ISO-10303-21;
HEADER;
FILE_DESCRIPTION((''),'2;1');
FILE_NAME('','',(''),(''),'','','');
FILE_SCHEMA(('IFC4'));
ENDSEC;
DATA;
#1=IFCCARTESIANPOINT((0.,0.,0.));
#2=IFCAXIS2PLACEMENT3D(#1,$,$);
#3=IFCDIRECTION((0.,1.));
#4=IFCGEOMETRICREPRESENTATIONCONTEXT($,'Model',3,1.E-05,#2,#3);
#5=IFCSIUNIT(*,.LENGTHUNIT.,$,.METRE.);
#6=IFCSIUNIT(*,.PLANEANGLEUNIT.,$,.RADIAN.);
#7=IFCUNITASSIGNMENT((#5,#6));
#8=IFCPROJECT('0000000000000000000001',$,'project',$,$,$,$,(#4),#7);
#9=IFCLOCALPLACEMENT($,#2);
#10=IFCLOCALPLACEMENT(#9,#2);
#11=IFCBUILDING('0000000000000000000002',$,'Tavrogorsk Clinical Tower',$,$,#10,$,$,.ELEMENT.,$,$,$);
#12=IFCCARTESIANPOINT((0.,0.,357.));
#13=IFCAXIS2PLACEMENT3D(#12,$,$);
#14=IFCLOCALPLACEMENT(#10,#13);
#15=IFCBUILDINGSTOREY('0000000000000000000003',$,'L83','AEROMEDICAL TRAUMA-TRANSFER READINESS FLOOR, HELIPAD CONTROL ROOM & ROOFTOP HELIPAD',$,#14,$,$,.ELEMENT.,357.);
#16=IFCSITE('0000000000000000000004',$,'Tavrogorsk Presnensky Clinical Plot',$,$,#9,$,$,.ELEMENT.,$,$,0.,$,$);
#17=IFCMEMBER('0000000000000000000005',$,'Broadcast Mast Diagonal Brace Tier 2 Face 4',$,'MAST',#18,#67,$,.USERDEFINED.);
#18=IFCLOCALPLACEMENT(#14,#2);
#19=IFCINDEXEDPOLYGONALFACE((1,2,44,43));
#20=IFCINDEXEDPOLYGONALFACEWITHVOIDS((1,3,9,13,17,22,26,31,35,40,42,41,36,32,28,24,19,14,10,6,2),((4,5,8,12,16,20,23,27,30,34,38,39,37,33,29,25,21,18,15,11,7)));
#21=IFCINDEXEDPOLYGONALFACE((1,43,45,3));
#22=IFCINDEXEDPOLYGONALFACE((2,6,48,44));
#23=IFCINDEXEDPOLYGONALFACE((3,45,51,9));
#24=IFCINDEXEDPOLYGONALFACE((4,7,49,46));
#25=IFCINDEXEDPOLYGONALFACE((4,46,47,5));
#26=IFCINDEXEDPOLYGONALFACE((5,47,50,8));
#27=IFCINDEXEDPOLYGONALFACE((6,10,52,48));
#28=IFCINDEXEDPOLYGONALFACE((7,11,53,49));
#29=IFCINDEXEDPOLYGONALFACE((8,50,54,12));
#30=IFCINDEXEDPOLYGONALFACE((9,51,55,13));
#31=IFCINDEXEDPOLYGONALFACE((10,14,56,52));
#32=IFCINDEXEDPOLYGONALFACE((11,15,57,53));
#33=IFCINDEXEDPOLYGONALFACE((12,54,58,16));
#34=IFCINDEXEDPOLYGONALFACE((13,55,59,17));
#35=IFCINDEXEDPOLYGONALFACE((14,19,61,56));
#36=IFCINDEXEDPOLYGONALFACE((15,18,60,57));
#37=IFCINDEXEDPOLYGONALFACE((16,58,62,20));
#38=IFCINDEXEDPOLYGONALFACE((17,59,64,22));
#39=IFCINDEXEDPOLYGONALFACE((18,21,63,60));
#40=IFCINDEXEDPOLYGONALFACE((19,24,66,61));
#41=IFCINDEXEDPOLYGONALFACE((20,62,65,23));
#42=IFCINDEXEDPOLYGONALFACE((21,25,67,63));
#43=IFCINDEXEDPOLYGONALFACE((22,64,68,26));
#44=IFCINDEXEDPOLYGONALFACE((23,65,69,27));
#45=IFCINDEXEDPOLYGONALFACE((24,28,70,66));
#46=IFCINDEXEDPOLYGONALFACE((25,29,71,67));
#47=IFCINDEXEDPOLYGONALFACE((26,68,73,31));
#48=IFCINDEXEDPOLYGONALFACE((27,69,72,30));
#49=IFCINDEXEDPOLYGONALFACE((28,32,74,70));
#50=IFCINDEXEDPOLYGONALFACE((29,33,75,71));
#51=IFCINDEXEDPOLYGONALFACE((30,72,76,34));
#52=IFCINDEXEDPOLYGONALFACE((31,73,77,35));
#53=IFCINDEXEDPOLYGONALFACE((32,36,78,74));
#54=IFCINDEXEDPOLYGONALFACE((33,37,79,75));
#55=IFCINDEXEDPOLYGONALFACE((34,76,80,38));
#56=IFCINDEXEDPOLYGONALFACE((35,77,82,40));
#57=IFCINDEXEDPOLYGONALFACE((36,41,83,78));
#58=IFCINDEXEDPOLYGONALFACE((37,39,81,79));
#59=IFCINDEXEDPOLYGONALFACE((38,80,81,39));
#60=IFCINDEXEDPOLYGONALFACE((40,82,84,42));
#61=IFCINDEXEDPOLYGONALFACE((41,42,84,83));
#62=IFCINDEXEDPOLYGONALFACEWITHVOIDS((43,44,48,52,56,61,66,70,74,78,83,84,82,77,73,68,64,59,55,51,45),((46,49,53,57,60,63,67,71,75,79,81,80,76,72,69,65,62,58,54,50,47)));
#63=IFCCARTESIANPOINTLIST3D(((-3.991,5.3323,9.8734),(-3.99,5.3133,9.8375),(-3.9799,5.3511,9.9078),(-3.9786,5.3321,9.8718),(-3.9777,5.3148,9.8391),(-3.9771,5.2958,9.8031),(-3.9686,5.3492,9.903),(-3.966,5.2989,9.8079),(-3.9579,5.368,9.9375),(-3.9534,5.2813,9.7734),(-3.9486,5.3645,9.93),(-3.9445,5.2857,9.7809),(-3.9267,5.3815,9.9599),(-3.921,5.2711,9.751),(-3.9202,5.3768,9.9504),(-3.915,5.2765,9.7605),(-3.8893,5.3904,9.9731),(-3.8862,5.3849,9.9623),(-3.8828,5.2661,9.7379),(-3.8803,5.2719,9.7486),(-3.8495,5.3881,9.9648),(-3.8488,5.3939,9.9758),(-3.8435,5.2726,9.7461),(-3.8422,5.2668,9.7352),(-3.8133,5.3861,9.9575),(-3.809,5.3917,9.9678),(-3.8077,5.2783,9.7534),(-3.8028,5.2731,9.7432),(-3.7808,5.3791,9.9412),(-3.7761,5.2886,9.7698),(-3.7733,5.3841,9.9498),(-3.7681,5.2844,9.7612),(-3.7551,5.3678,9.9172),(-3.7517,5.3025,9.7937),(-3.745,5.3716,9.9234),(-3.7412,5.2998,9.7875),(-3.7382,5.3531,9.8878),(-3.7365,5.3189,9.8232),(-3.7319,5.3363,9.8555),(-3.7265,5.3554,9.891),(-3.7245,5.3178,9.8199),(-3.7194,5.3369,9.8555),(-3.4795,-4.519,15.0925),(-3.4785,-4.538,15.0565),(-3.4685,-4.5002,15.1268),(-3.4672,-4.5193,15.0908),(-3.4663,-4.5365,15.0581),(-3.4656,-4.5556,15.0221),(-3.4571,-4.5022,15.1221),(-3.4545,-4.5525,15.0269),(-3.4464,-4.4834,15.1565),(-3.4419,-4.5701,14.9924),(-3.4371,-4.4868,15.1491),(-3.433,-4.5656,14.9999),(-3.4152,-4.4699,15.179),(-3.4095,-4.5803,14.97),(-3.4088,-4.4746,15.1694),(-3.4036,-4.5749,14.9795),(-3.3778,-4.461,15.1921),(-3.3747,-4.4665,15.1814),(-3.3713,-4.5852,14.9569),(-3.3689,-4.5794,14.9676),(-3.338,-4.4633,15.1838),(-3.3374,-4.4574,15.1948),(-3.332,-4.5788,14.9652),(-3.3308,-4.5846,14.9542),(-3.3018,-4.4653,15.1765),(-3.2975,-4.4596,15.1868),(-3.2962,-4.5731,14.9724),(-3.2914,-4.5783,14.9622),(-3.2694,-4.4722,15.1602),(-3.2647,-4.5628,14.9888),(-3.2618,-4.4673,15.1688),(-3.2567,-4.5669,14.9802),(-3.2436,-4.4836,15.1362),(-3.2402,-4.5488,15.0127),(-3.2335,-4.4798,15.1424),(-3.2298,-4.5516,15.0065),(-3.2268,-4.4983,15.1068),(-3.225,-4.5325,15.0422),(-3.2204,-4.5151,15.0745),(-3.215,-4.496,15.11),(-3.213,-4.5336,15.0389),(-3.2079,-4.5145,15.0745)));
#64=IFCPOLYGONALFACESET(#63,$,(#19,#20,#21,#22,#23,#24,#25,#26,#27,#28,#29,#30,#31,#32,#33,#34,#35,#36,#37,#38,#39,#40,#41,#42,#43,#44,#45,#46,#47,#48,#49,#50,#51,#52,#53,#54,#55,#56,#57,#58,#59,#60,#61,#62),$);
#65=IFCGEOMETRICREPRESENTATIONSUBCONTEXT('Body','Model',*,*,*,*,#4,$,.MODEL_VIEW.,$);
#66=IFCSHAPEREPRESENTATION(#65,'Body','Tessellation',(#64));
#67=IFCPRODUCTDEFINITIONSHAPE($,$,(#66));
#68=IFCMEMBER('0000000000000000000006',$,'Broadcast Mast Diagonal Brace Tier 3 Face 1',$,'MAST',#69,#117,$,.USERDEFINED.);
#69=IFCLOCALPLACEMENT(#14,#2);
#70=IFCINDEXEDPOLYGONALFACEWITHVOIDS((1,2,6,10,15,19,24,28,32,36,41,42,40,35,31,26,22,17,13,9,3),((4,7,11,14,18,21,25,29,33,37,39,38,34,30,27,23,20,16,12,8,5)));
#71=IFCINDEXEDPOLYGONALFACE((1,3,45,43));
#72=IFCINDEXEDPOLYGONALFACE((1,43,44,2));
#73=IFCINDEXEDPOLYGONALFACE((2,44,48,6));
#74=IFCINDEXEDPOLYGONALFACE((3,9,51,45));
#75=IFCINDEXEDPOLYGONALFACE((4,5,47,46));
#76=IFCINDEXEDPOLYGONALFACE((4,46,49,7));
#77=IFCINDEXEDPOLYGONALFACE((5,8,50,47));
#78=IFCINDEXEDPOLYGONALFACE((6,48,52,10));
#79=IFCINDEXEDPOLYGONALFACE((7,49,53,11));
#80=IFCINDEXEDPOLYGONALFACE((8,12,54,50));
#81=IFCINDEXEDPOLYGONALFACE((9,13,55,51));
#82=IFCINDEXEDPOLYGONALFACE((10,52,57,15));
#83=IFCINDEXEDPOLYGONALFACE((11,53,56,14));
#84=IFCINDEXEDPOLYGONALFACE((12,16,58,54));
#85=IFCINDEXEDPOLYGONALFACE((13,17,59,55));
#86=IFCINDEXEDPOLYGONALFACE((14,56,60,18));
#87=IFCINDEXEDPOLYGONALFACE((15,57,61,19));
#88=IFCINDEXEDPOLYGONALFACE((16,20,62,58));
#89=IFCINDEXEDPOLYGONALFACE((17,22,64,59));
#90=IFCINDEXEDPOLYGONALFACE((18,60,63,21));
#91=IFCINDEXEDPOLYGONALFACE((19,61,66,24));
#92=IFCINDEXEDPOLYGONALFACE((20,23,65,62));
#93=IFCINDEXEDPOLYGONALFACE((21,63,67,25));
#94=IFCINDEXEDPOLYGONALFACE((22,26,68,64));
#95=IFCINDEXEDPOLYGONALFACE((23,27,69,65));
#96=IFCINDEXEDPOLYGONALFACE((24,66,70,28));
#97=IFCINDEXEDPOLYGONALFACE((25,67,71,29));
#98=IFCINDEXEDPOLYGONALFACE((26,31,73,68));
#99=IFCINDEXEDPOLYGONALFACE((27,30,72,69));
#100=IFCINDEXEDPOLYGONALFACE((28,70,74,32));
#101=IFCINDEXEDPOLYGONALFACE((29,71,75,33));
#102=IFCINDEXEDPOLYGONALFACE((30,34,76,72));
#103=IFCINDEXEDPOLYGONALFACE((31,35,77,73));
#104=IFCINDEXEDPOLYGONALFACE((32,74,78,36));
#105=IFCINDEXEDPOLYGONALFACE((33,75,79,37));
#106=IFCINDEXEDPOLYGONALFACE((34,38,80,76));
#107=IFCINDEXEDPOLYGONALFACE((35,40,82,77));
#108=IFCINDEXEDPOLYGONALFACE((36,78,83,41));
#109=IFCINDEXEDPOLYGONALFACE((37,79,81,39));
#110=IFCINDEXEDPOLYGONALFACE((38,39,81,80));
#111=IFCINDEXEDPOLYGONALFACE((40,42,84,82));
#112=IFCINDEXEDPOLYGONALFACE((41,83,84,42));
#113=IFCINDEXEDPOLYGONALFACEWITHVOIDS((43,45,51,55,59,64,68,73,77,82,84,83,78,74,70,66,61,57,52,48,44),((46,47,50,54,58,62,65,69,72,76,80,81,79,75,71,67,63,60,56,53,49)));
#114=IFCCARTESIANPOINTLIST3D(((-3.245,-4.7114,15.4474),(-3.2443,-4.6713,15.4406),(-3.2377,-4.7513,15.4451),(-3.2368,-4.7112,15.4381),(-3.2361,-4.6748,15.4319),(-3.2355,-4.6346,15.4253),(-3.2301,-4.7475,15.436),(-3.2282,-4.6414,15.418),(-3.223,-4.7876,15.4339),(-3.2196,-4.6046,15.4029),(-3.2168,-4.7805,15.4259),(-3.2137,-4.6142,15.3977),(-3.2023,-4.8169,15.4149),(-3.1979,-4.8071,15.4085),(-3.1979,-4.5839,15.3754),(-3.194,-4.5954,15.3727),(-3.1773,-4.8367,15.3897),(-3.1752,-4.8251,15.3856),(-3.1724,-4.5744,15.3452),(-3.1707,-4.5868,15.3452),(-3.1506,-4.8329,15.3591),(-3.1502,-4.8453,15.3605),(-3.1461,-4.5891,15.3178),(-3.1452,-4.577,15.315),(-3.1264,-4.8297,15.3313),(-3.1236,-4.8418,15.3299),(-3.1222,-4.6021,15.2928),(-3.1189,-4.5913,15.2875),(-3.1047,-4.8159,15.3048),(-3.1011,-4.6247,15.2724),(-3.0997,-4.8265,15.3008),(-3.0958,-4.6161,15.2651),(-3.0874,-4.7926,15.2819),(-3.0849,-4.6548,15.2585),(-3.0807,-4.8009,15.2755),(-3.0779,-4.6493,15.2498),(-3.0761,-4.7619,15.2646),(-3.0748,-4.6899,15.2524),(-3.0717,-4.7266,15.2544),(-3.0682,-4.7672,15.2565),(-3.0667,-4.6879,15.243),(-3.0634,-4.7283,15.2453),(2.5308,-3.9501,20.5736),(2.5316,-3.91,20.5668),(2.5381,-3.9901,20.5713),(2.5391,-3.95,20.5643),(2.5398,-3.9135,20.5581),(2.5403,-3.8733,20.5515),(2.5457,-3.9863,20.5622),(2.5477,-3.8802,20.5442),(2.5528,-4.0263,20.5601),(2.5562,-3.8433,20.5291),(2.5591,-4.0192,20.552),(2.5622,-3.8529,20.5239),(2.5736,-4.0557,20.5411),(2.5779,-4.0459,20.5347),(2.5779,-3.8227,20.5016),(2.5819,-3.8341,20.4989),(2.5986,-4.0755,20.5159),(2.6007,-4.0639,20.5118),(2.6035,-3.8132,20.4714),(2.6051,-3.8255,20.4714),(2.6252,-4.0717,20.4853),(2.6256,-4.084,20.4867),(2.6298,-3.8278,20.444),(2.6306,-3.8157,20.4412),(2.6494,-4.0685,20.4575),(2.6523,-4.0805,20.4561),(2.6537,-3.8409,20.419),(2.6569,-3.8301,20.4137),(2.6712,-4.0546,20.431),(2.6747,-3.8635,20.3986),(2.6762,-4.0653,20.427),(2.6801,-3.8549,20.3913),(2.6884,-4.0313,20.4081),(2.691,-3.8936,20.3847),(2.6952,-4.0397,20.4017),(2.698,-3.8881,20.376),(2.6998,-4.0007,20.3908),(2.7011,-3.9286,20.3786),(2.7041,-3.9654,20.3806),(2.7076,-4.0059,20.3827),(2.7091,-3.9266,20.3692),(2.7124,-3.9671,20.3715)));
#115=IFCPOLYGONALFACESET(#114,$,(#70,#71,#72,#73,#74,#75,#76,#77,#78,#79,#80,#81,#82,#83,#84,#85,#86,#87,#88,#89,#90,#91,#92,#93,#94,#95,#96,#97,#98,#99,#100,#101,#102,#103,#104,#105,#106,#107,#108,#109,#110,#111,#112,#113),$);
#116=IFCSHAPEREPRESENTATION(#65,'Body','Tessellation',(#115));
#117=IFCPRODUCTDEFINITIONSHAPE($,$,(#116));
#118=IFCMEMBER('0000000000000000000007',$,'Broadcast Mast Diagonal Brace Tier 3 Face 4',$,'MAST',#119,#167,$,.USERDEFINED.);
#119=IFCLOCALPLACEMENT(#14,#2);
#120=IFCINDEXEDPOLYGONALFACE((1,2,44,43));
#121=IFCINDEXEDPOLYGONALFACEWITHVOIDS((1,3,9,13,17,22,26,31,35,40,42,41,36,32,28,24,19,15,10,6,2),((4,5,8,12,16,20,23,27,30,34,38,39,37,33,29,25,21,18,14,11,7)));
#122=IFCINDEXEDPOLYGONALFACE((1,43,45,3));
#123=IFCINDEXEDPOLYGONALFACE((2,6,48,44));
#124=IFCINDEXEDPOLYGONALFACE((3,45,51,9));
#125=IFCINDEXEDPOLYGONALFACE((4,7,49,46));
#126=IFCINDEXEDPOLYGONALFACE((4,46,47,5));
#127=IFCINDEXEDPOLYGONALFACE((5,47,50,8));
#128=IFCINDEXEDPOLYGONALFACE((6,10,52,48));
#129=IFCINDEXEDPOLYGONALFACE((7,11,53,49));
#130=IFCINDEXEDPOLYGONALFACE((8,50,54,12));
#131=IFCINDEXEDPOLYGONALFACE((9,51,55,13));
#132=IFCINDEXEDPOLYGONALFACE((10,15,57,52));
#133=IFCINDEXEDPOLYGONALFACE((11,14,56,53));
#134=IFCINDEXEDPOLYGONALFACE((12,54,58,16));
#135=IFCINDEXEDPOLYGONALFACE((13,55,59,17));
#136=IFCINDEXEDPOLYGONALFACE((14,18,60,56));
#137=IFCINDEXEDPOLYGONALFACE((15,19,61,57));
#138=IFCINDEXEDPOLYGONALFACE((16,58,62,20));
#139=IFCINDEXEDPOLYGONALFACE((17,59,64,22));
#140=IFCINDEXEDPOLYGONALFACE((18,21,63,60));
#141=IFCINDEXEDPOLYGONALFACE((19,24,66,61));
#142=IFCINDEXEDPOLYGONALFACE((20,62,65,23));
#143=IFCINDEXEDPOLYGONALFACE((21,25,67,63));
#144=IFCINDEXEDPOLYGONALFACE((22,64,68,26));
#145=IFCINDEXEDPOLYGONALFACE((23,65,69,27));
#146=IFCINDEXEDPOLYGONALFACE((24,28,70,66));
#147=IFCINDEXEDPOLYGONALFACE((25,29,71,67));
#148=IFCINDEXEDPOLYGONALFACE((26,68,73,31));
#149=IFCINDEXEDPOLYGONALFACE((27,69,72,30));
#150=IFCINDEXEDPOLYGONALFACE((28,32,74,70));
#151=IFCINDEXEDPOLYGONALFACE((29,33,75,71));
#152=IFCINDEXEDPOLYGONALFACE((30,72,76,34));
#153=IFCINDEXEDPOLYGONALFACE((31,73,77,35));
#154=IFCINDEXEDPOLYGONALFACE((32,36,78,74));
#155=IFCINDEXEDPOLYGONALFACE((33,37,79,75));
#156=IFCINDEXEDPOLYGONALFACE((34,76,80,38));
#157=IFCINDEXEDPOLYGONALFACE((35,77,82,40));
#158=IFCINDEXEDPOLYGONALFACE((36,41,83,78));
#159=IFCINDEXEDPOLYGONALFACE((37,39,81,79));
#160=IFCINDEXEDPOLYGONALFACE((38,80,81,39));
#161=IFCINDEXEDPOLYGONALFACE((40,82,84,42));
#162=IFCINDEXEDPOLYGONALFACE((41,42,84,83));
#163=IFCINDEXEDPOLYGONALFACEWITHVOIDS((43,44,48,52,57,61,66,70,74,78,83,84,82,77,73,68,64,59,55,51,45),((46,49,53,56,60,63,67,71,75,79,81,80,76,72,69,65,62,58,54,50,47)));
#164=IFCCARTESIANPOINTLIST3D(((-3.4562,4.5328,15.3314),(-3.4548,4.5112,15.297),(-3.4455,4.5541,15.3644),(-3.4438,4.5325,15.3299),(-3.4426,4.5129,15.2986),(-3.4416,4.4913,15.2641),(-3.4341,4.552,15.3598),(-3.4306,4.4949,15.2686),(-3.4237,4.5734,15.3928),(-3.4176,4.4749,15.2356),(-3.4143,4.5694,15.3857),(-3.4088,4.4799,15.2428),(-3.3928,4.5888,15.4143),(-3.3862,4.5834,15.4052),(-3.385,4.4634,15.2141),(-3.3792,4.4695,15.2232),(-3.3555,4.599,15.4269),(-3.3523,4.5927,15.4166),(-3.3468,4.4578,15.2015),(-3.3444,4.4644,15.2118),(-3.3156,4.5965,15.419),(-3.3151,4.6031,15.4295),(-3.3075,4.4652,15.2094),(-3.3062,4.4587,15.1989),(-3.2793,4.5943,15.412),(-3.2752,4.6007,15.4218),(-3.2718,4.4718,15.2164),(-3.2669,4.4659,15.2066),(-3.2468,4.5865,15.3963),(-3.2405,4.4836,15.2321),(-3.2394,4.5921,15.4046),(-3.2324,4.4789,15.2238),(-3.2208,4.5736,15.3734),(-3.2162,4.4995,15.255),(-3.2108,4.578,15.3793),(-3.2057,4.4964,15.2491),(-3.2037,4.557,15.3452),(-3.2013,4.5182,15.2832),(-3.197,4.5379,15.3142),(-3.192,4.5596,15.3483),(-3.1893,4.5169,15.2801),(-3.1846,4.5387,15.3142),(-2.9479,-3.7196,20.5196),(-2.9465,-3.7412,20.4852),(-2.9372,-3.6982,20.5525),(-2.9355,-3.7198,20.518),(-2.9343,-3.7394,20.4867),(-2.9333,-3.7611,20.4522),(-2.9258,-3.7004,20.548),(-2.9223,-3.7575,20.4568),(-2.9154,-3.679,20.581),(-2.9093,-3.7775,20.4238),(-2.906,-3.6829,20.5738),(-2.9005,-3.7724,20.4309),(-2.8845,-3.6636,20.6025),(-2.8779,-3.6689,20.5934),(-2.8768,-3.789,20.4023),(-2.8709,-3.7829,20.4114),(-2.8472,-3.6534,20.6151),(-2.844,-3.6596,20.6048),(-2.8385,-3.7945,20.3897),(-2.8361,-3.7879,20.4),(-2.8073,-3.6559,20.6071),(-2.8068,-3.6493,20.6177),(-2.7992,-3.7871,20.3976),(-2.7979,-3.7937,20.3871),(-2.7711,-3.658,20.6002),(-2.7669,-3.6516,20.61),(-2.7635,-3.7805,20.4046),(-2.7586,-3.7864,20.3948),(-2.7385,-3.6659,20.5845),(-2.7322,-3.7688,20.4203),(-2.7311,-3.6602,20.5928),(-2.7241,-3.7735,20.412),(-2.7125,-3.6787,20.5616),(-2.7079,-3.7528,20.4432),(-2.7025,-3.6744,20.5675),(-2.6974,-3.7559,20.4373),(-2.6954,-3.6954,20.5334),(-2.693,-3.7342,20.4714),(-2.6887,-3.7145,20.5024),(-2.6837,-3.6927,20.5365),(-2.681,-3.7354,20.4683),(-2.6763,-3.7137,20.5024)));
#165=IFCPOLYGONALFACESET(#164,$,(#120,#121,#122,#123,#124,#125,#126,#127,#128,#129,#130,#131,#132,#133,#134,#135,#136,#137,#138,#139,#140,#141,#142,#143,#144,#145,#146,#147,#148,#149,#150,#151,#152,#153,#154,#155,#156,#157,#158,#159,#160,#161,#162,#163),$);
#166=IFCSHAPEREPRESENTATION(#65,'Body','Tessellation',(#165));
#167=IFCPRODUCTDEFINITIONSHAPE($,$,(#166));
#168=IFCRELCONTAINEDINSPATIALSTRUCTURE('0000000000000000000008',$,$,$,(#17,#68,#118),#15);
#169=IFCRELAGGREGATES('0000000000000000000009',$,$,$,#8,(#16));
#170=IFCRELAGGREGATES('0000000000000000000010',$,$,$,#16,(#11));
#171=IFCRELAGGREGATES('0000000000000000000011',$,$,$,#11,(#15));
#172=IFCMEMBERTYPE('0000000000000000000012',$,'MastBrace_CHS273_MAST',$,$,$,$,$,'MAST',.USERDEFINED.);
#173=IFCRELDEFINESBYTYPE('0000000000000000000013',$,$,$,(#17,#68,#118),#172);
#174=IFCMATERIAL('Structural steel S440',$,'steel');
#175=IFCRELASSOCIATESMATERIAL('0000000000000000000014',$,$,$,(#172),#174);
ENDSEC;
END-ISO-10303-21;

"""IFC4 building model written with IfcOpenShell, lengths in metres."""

from ifc_helpers import new_model, si_unit, direction, frame, origin, origin_2d, place, context, subcontext, project, spatial, hollow_circle, extrude, material, material_profile, profile_set, type_object, element, save


model = new_model("IFC4")

# Units and contexts
model_context = context("Model", 3, precision=1e-05, world=origin(), true_north=direction((0.0, 1.0)))
body_context = subcontext(model_context, "Body", "Model", "MODEL_VIEW")
ifc_project = project(units=[si_unit("LENGTHUNIT", "METRE"), si_unit("PLANEANGLEUNIT", "RADIAN")], contexts=[model_context])

# Site, building, storey
site_placement = place(None, origin())
site = spatial("IfcSite", under=ifc_project, at=site_placement, Name="Tavrogorsk Presnensky Clinical Plot", CompositionType="ELEMENT", RefElevation=0.0)
building_placement = place(site_placement, origin())
building = spatial("IfcBuilding", under=site, at=building_placement, Name="Tavrogorsk Clinical Tower", CompositionType="ELEMENT")
storey_placement = place(building_placement, frame((0.0, 0.0, 357.0)))
storey = spatial("IfcBuildingStorey", under=building, at=storey_placement, Name="L83", Description="AEROMEDICAL TRAUMA-TRANSFER READINESS FLOOR, HELIPAD CONTROL ROOM & ROOFTOP HELIPAD", CompositionType="ELEMENT", Elevation=357.0)

# Members
ifc_material_1 = material(Name="Structural steel S440", Category="steel")
ifc_material_profile_1 = material_profile(ifc_material_1, hollow_circle(Radius=0.1365, WallThickness=0.0125, at=origin_2d()), Name="CHS-273x12.5")
ifc_profile_set_1 = profile_set([ifc_material_profile_1], Name="Structural steel S440")
member_type_1 = type_object("IfcMemberType", Name="MastBrace_CHS273_MAST", ElementType="MAST", PredefinedType="USERDEFINED", material=ifc_profile_set_1)
member_1_placement = place(storey_placement, frame((-3.8557, 5.3298, 9.8555), z_axis=(0.045831, -0.882726, 0.467647), x_axis=(0.998655, 0.05185, 0.0)))
element("IfcMember", 1, at=member_1_placement, inside=storey, type_object=member_type_1, Name="Broadcast Mast Diagonal Brace Tier 2 Face 4", ObjectType="MAST", PredefinedType="USERDEFINED", context=body_context, shape_type="SweptSolid", body=[
    extrude(hollow_circle(Radius=0.1365, WallThickness=0.0125, at=origin_2d()), origin(), (0.0, 0.0, 1.0), 11.1602),
])
member_2_placement = place(storey_placement, frame((-3.1545, -4.7097, 15.3452), z_axis=(0.744309, 0.098096, 0.660591), x_axis=(-0.130665, 0.991427, 0.0)))
element("IfcMember", 2, at=member_2_placement, inside=storey, type_object=member_type_1, Name="Broadcast Mast Diagonal Brace Tier 3 Face 1", ObjectType="MAST", PredefinedType="USERDEFINED", context=body_context, shape_type="SweptSolid", body=[
    extrude(hollow_circle(Radius=0.1365, WallThickness=0.0125, at=origin_2d()), origin(), (0.0, 0.0, 1.0), 7.76),
])
member_3_placement = place(storey_placement, frame((-3.3208, 4.5303, 15.3142), z_axis=(0.052074, -0.845442, 0.531522), x_axis=(0.998108, 0.061477, 0.0)))
element("IfcMember", 3, at=member_3_placement, inside=storey, type_object=member_type_1, Name="Broadcast Mast Diagonal Brace Tier 3 Face 4", ObjectType="MAST", PredefinedType="USERDEFINED", context=body_context, shape_type="SweptSolid", body=[
    extrude(hollow_circle(Radius=0.1365, WallThickness=0.0125, at=origin_2d()), origin(), (0.0, 0.0, 1.0), 9.761),
])

save(model, "model.ifc")
